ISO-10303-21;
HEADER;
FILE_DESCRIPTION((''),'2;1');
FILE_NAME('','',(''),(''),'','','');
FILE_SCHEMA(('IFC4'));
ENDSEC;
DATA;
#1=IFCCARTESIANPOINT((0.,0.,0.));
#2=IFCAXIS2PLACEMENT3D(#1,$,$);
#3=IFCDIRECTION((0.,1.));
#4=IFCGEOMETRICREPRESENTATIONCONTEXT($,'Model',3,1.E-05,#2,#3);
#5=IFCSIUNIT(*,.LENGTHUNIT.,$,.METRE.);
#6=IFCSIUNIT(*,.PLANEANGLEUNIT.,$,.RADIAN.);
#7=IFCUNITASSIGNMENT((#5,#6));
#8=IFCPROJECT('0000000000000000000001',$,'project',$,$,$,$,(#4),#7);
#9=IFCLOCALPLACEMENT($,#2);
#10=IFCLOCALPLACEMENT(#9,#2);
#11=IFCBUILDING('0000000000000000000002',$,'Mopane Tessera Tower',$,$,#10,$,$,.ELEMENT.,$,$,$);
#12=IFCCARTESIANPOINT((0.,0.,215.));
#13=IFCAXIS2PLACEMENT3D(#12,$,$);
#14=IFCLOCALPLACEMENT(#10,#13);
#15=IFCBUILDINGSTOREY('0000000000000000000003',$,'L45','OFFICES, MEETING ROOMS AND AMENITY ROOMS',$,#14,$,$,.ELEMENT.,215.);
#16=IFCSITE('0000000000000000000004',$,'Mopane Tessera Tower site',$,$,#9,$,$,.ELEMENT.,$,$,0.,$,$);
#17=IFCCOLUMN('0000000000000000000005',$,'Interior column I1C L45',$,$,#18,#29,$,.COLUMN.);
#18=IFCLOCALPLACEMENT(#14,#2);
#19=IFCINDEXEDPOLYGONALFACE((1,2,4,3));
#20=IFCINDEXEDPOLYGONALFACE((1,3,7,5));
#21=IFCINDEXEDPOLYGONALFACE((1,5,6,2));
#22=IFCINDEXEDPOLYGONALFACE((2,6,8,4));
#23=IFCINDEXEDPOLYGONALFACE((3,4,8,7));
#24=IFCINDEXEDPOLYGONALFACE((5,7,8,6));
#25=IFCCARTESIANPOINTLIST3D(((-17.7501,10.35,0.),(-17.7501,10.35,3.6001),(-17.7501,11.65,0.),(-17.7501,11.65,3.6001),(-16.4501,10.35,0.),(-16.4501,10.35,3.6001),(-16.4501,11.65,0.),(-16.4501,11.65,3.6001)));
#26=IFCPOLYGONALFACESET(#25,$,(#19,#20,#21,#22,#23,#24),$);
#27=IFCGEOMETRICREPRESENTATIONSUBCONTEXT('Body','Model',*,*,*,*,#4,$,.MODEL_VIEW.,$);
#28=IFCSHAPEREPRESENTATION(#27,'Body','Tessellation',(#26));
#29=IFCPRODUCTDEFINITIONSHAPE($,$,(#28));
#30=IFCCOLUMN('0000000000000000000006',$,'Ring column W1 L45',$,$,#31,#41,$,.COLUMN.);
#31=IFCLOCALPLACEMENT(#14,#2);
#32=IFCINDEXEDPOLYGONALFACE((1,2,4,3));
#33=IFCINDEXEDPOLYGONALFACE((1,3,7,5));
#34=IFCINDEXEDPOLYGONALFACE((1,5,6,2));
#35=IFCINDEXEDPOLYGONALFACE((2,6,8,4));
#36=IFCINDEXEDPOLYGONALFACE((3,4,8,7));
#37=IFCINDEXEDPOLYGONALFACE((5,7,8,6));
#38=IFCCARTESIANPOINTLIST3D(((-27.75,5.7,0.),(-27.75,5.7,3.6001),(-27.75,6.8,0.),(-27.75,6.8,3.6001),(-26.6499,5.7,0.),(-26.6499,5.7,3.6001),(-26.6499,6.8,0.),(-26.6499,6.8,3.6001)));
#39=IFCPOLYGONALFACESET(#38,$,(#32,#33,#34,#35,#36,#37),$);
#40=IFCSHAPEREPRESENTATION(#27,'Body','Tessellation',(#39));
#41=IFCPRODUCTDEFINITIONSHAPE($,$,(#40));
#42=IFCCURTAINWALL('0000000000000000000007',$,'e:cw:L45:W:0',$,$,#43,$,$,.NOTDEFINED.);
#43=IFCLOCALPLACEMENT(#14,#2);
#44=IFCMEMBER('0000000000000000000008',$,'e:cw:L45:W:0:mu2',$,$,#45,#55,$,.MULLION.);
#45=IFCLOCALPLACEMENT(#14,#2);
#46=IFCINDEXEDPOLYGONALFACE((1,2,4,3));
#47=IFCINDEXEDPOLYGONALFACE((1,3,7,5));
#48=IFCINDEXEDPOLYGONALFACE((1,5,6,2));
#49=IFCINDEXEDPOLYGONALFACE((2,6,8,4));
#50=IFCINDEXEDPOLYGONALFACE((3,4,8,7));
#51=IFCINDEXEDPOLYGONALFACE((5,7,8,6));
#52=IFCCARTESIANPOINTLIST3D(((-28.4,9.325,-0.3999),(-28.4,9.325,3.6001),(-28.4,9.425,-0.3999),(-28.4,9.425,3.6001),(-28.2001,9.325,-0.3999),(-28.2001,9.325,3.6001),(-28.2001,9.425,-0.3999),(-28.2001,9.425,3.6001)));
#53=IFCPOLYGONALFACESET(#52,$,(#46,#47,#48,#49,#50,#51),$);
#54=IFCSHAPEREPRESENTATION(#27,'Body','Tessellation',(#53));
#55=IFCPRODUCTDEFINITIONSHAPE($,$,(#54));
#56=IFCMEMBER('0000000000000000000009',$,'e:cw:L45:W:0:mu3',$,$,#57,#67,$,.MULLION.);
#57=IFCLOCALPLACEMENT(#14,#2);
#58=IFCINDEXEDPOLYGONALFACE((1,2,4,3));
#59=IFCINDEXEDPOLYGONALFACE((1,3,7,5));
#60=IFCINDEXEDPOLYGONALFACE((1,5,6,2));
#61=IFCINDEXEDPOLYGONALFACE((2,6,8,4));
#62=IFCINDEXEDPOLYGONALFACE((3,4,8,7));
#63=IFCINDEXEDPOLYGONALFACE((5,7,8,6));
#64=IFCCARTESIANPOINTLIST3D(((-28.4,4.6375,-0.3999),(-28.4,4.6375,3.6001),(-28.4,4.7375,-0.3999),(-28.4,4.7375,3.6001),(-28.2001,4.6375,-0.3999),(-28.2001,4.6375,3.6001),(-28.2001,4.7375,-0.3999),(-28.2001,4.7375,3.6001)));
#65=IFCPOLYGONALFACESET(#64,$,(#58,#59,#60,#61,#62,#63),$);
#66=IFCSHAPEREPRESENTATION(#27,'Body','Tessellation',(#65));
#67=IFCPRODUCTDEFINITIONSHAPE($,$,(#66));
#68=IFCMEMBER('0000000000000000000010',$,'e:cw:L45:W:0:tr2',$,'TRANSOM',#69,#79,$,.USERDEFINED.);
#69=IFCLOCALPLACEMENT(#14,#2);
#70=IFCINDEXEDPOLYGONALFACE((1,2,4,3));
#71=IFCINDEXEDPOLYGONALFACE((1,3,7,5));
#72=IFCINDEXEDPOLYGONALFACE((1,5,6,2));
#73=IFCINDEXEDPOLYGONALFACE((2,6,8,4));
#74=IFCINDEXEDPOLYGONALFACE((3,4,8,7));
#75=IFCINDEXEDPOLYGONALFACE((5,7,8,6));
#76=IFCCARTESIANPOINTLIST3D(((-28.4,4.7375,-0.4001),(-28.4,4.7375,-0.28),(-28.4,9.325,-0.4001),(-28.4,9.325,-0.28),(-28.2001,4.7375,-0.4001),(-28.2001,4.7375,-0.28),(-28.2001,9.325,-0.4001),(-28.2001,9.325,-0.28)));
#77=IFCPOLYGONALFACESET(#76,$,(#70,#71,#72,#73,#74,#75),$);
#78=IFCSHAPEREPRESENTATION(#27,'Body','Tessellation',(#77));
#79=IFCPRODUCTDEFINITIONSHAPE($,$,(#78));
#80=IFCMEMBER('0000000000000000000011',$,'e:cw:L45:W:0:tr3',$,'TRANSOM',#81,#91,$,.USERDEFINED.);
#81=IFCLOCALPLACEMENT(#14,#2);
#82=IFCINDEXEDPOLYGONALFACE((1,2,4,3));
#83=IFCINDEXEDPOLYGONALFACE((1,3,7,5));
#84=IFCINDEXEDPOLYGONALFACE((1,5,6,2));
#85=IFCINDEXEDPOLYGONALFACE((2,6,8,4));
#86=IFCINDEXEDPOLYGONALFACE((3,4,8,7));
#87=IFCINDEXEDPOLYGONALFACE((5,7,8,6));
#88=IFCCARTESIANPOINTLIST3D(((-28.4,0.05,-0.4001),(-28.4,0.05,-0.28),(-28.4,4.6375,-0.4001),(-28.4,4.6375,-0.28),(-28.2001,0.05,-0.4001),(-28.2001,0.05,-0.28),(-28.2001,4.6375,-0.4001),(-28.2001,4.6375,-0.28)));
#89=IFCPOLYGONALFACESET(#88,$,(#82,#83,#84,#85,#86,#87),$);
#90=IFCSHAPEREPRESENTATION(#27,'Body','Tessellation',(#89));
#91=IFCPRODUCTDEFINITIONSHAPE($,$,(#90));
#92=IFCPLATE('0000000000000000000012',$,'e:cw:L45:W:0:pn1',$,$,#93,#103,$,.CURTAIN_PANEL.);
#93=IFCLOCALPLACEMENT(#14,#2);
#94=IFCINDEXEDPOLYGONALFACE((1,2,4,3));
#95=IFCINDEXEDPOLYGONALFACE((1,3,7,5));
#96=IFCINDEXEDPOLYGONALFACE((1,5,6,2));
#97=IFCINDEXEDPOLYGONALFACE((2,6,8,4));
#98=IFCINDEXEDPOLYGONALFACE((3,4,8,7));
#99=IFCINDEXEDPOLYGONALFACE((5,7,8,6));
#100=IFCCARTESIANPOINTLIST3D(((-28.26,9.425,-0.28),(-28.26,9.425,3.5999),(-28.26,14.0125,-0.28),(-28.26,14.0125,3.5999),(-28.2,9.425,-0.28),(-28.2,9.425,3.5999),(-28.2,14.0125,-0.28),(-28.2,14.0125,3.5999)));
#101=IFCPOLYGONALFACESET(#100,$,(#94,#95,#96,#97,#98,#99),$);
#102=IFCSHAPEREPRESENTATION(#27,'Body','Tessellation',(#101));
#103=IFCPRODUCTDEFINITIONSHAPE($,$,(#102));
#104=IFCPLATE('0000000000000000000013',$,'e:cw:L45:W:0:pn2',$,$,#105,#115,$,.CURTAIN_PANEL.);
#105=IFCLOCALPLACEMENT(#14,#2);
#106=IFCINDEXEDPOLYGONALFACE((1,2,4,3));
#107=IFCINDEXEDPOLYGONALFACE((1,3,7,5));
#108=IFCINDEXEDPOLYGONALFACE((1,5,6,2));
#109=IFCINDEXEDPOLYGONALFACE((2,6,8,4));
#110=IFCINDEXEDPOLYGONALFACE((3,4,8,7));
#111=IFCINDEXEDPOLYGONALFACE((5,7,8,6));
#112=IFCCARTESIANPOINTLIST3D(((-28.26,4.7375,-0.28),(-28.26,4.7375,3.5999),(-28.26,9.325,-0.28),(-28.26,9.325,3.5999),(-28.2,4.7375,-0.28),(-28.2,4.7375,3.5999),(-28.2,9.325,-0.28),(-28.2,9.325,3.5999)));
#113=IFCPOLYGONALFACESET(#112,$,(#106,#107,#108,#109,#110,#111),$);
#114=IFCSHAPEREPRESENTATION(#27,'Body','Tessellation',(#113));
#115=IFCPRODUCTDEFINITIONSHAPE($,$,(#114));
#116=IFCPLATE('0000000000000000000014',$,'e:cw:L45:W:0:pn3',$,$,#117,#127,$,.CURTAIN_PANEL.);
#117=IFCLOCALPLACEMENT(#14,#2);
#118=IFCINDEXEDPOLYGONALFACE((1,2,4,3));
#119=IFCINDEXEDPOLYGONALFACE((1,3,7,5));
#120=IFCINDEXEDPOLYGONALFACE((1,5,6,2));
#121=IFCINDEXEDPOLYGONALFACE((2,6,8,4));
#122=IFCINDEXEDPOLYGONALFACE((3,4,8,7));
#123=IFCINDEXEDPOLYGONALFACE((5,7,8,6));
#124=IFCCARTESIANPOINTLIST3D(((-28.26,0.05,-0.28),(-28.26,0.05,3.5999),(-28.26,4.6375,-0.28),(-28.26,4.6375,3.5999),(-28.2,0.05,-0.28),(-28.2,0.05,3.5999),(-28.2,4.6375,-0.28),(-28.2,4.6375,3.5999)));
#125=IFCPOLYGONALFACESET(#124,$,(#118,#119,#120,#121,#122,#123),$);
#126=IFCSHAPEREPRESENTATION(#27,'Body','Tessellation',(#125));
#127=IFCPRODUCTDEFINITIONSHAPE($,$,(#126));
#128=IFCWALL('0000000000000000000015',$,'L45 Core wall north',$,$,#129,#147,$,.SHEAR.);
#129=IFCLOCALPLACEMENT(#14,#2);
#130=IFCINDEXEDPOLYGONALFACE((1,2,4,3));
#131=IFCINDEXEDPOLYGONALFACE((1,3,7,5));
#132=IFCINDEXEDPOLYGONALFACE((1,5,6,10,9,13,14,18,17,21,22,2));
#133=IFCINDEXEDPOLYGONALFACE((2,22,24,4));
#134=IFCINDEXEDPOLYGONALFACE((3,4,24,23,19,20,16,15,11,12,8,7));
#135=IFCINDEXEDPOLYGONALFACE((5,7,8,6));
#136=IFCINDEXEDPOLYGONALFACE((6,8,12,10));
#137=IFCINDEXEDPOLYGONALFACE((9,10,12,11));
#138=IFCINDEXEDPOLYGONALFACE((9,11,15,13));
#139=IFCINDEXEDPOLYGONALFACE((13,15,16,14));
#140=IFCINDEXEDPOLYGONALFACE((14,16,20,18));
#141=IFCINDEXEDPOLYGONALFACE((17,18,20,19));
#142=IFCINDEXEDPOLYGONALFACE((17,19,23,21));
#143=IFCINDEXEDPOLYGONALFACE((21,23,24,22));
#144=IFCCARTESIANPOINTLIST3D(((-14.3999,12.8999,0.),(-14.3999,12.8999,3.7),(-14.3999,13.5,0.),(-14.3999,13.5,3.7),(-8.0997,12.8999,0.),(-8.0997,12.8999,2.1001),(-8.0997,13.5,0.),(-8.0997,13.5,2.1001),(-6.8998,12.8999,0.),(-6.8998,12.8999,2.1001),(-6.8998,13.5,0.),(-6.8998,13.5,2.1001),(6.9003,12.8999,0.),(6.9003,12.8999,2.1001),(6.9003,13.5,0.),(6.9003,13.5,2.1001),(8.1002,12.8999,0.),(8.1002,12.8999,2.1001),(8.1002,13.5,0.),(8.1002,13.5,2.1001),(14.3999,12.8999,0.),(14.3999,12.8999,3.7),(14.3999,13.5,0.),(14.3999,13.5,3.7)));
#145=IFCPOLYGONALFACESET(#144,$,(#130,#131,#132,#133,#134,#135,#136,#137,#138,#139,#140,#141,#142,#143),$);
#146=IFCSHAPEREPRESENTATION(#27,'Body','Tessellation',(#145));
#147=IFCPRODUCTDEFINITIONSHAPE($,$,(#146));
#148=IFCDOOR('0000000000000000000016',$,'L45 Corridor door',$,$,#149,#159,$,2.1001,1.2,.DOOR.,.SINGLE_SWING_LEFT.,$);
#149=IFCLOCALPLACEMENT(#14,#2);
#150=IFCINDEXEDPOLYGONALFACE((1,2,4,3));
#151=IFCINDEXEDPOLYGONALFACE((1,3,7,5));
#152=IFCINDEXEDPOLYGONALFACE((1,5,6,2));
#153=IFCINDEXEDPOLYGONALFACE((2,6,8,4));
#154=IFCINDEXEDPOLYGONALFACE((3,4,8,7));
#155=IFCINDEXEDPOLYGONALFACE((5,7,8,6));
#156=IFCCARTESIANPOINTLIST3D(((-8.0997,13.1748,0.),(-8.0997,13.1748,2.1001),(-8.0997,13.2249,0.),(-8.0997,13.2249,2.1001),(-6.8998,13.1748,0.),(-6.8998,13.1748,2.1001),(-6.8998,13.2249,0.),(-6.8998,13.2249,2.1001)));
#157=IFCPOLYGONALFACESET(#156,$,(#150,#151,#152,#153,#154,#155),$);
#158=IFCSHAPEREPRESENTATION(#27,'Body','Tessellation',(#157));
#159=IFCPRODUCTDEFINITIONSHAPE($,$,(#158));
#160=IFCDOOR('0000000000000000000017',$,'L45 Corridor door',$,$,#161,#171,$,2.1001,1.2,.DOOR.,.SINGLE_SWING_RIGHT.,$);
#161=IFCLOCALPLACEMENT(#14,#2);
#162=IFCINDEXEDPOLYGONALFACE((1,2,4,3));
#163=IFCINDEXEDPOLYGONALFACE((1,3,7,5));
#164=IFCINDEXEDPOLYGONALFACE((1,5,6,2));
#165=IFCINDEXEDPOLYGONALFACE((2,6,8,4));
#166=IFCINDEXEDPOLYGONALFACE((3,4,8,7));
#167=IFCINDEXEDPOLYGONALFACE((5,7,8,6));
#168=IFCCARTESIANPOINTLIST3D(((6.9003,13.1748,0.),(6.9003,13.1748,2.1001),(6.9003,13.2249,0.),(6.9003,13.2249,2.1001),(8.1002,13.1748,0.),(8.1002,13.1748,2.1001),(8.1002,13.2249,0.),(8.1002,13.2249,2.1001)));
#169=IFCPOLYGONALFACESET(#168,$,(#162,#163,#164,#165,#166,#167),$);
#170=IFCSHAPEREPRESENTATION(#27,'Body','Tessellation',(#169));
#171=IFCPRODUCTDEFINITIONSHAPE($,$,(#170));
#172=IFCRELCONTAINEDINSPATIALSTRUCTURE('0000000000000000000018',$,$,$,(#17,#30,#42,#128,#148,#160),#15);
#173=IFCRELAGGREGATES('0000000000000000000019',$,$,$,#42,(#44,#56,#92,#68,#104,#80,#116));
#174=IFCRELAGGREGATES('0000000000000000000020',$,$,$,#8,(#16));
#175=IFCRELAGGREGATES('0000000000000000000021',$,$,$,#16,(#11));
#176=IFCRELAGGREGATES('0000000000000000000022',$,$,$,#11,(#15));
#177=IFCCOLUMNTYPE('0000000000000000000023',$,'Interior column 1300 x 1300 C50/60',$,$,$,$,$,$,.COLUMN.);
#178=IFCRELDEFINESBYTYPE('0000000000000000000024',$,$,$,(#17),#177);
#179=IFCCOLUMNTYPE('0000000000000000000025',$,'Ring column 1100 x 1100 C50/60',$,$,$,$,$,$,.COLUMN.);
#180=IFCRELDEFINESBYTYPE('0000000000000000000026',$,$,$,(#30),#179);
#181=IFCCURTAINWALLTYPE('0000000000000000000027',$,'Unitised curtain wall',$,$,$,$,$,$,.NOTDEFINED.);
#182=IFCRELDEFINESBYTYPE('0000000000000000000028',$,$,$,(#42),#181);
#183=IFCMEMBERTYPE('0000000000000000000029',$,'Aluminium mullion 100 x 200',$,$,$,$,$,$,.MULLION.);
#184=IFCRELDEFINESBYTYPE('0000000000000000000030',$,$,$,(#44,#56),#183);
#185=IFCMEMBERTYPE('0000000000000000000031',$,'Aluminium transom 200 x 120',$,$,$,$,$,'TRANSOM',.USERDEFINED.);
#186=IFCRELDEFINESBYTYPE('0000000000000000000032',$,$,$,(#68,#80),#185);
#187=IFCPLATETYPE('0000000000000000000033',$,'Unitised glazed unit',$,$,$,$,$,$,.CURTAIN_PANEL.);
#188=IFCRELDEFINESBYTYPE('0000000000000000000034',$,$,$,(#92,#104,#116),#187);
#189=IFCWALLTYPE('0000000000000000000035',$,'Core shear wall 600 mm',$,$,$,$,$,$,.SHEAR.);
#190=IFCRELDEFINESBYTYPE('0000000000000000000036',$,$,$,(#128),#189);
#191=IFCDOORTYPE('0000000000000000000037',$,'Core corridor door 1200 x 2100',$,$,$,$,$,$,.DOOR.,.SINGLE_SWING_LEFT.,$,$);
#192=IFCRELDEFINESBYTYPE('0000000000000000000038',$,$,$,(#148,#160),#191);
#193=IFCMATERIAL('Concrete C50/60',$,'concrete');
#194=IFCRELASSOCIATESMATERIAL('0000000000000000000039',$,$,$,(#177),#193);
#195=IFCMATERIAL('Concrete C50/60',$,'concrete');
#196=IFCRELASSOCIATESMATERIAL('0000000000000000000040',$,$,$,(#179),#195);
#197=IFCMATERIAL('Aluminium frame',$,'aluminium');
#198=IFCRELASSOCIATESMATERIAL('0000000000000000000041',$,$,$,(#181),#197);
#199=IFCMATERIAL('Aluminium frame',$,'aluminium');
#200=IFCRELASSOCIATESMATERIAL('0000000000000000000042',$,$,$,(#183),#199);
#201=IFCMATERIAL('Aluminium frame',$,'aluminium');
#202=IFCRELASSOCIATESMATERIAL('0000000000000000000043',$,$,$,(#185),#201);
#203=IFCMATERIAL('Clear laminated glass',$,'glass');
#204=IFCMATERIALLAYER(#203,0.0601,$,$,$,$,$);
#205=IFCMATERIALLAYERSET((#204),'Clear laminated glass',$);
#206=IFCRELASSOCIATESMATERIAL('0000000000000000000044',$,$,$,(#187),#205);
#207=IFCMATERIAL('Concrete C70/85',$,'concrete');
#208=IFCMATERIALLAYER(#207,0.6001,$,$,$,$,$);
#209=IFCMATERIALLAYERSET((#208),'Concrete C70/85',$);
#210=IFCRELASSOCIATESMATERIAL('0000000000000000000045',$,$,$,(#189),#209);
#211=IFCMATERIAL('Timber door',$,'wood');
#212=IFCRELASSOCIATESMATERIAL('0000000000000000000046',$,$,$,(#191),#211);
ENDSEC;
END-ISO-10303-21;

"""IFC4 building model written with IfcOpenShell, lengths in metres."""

from ifc_helpers import new_model, si_unit, direction, frame, frame_2d, origin, origin_2d, place, context, subcontext, project, spatial, rectangle, extrude, material, layer, layer_set, material_profile, profile_set, type_object, element, fill, aggregate, save


model = new_model("IFC4")

# Units and contexts
model_context = context("Model", 3, precision=1e-05, world=origin(), true_north=direction((0.0, 1.0)))
body_context = subcontext(model_context, "Body", "Model", "MODEL_VIEW")
ifc_project = project(units=[si_unit("LENGTHUNIT", "METRE"), si_unit("PLANEANGLEUNIT", "RADIAN")], contexts=[model_context])

# Site, building, storey
site_placement = place(None, origin())
site = spatial("IfcSite", under=ifc_project, at=site_placement, Name="Mopane Tessera Tower site", CompositionType="ELEMENT", RefElevation=0.0)
building_placement = place(site_placement, origin())
building = spatial("IfcBuilding", under=site, at=building_placement, Name="Mopane Tessera Tower", CompositionType="ELEMENT")
storey_placement = place(building_placement, frame((0.0, 0.0, 215.0)))
storey = spatial("IfcBuildingStorey", under=building, at=storey_placement, Name="L45", Description="OFFICES, MEETING ROOMS AND AMENITY ROOMS", CompositionType="ELEMENT", Elevation=215.0)

# Columns
ifc_material_1 = material(Name="Concrete C50/60", Category="concrete")
ifc_material_profile_1 = material_profile(ifc_material_1, rectangle(XDim=1.3, YDim=1.3, at=origin_2d()))
ifc_profile_set_1 = profile_set([ifc_material_profile_1], Name="Concrete C50/60")
column_type_1 = type_object("IfcColumnType", Name="Interior column 1300 x 1300 C50/60", PredefinedType="COLUMN", material=ifc_profile_set_1)
column_1_placement = place(storey_placement, frame((-17.1001, 11.0, 0.0), z_axis=(0.0, 0.0, 1.0), x_axis=(1.0, 0.0, 0.0)))
element("IfcColumn", 1, at=column_1_placement, inside=storey, type_object=column_type_1, Name="Interior column I1C L45", PredefinedType="COLUMN", context=body_context, shape_type="SweptSolid", body=[
    extrude(rectangle(XDim=1.3, YDim=1.3, at=origin_2d()), origin(), (0.0, 0.0, 1.0), 3.6001),
])
ifc_material_2 = material(Name="Concrete C50/60", Category="concrete")
ifc_material_profile_2 = material_profile(ifc_material_2, rectangle(XDim=1.1001, YDim=1.1001, at=origin_2d()))
ifc_profile_set_2 = profile_set([ifc_material_profile_2], Name="Concrete C50/60")
column_type_2 = type_object("IfcColumnType", Name="Ring column 1100 x 1100 C50/60", PredefinedType="COLUMN", material=ifc_profile_set_2)
column_2_placement = place(storey_placement, frame((-27.2, 6.25, 0.0), z_axis=(0.0, 0.0, 1.0), x_axis=(1.0, 0.0, 0.0)))
element("IfcColumn", 2, at=column_2_placement, inside=storey, type_object=column_type_2, Name="Ring column W1 L45", PredefinedType="COLUMN", context=body_context, shape_type="SweptSolid", body=[
    extrude(rectangle(XDim=1.1001, YDim=1.1001, at=origin_2d()), origin(), (0.0, 0.0, 1.0), 3.6001),
])

# Curtain wall, members, plates
ifc_material_3 = material(Name="Aluminium frame", Category="aluminium")
curtain_wall_type = type_object("IfcCurtainWallType", Name="Unitised curtain wall", PredefinedType="NOTDEFINED", material=ifc_material_3)
curtain_wall_placement = place(storey_placement, origin())
curtain_wall = element("IfcCurtainWall", 3, at=curtain_wall_placement, inside=storey, type_object=curtain_wall_type, Name="e:cw:L45:W:0", PredefinedType="NOTDEFINED")
ifc_material_4 = material(Name="Aluminium frame", Category="aluminium")
ifc_material_profile_3 = material_profile(ifc_material_4, rectangle(XDim=0.1001, YDim=0.2, at=origin_2d()))
ifc_profile_set_3 = profile_set([ifc_material_profile_3], Name="Aluminium frame")
member_type_1 = type_object("IfcMemberType", Name="Aluminium mullion 100 x 200", PredefinedType="MULLION", material=ifc_profile_set_3)
member_1_placement = place(storey_placement, frame((-28.3, 9.375, -0.3999), z_axis=(0.0, 0.0, 1.0), x_axis=(0.0, -1.0, 0.0)))
member_1 = element("IfcMember", 4, at=member_1_placement, type_object=member_type_1, Name="e:cw:L45:W:0:mu2", PredefinedType="MULLION", context=body_context, shape_type="SweptSolid", body=[
    extrude(rectangle(XDim=0.1001, YDim=0.2, at=origin_2d()), origin(), (0.0, 0.0, 1.0), 4.0),
])
member_2_placement = place(storey_placement, frame((-28.3, 4.6875, -0.3999), z_axis=(0.0, 0.0, 1.0), x_axis=(0.0, -1.0, 0.0)))
member_2 = element("IfcMember", 5, at=member_2_placement, type_object=member_type_1, Name="e:cw:L45:W:0:mu3", PredefinedType="MULLION", context=body_context, shape_type="SweptSolid", body=[
    extrude(rectangle(XDim=0.1001, YDim=0.2, at=origin_2d()), origin(), (0.0, 0.0, 1.0), 4.0),
])
ifc_material_5 = material(Name="Aluminium frame", Category="aluminium")
ifc_material_profile_4 = material_profile(ifc_material_5, rectangle(XDim=0.2, YDim=0.1201, at=origin_2d()))
ifc_profile_set_4 = profile_set([ifc_material_profile_4], Name="Aluminium frame")
member_type_2 = type_object("IfcMemberType", Name="Aluminium transom 200 x 120", ElementType="TRANSOM", PredefinedType="USERDEFINED", material=ifc_profile_set_4)
member_3_placement = place(storey_placement, frame((-28.3, 9.325, -0.3401), z_axis=(0.0, -1.0, 0.0), x_axis=(1.0, 0.0, 0.0)))
member_3 = element("IfcMember", 6, at=member_3_placement, type_object=member_type_2, Name="e:cw:L45:W:0:tr2", ObjectType="TRANSOM", PredefinedType="USERDEFINED", context=body_context, shape_type="SweptSolid", body=[
    extrude(rectangle(XDim=0.2, YDim=0.1201, at=origin_2d()), origin(), (0.0, 0.0, 1.0), 4.5874),
])
member_4_placement = place(storey_placement, frame((-28.3, 4.6375, -0.3401), z_axis=(0.0, -1.0, 0.0), x_axis=(1.0, 0.0, 0.0)))
member_4 = element("IfcMember", 7, at=member_4_placement, type_object=member_type_2, Name="e:cw:L45:W:0:tr3", ObjectType="TRANSOM", PredefinedType="USERDEFINED", context=body_context, shape_type="SweptSolid", body=[
    extrude(rectangle(XDim=0.2, YDim=0.1201, at=origin_2d()), origin(), (0.0, 0.0, 1.0), 4.5874),
])
ifc_material_6 = material(Name="Clear laminated glass", Category="glass")
ifc_layer_1 = layer(ifc_material_6, 0.0601)
ifc_layer_set_1 = layer_set([ifc_layer_1], Name="Clear laminated glass")
plate_type = type_object("IfcPlateType", Name="Unitised glazed unit", PredefinedType="CURTAIN_PANEL", material=ifc_layer_set_1)
plate_1_placement = place(storey_placement, frame((-28.23, 11.7188, -0.28), z_axis=(0.0, 0.0, 1.0), x_axis=(0.0, -1.0, 0.0)))
plate_1 = element("IfcPlate", 8, at=plate_1_placement, type_object=plate_type, Name="e:cw:L45:W:0:pn1", PredefinedType="CURTAIN_PANEL", context=body_context, shape_type="SweptSolid", body=[
    extrude(rectangle(XDim=4.5874, YDim=0.0601, at=origin_2d()), origin(), (0.0, 0.0, 1.0), 3.8799),
])
plate_2_placement = place(storey_placement, frame((-28.23, 7.0312, -0.28), z_axis=(0.0, 0.0, 1.0), x_axis=(0.0, -1.0, 0.0)))
plate_2 = element("IfcPlate", 9, at=plate_2_placement, type_object=plate_type, Name="e:cw:L45:W:0:pn2", PredefinedType="CURTAIN_PANEL", context=body_context, shape_type="SweptSolid", body=[
    extrude(rectangle(XDim=4.5874, YDim=0.0601, at=origin_2d()), origin(), (0.0, 0.0, 1.0), 3.8799),
])
plate_3_placement = place(storey_placement, frame((-28.23, 2.3438, -0.28), z_axis=(0.0, 0.0, 1.0), x_axis=(0.0, -1.0, 0.0)))
plate_3 = element("IfcPlate", 10, at=plate_3_placement, type_object=plate_type, Name="e:cw:L45:W:0:pn3", PredefinedType="CURTAIN_PANEL", context=body_context, shape_type="SweptSolid", body=[
    extrude(rectangle(XDim=4.5874, YDim=0.0601, at=origin_2d()), origin(), (0.0, 0.0, 1.0), 3.8799),
])
aggregate(curtain_wall, [member_1, member_2, plate_1, member_3, plate_2, member_4, plate_3])

# Wall, openings, doors
ifc_material_7 = material(Name="Concrete C70/85", Category="concrete")
ifc_layer_2 = layer(ifc_material_7, 0.6001)
ifc_layer_set_2 = layer_set([ifc_layer_2], Name="Concrete C70/85")
wall_type_1 = type_object("IfcWallType", Name="Core shear wall 600 mm", PredefinedType="SHEAR", material=ifc_layer_set_2)
wall_1_placement = place(storey_placement, frame((-14.3999, 13.2, 0.0), z_axis=(0.0, 0.0, 1.0), x_axis=(1.0, 0.0, 0.0)))
wall_1 = element("IfcWall", 11, at=wall_1_placement, inside=storey, type_object=wall_type_1, Name="L45 Core wall north", PredefinedType="SHEAR", context=body_context, shape_type="SweptSolid", body=[
    extrude(rectangle(XDim=28.7998, YDim=0.6001, at=frame_2d((14.3999, 0.0))), origin(), (0.0, 0.0, 1.0), 3.7),
])
opening_1_placement = place(wall_1_placement, frame((6.3, 0.0, 0.0)))
opening_1 = element("IfcOpeningElement", 12, at=opening_1_placement, cuts=wall_1, PredefinedType="OPENING", context=body_context, shape_type="SweptSolid", body=[
    extrude(rectangle(XDim=1.2, YDim=2.1001, at=frame_2d((0.6001, 1.05))), frame((0.0, 0.312, 0.0), z_axis=(0.0, -1.0, 0.0), x_axis=(1.0, 0.0, 0.0)), (0.0, 0.0, 1.0), 0.624),
])
opening_2_placement = place(wall_1_placement, frame((21.3, 0.0, 0.0)))
opening_2 = element("IfcOpeningElement", 13, at=opening_2_placement, cuts=wall_1, PredefinedType="OPENING", context=body_context, shape_type="SweptSolid", body=[
    extrude(rectangle(XDim=1.2, YDim=2.1001, at=frame_2d((0.6001, 1.05))), frame((0.0, 0.312, 0.0), z_axis=(0.0, -1.0, 0.0), x_axis=(1.0, 0.0, 0.0)), (0.0, 0.0, 1.0), 0.624),
])
ifc_material_8 = material(Name="Timber door", Category="wood")
door_type_1 = type_object("IfcDoorType", Name="Core corridor door 1200 x 2100", OperationType="SINGLE_SWING_LEFT", PredefinedType="DOOR", material=ifc_material_8)
door_1_placement = place(opening_1_placement, origin())
door_1 = element("IfcDoor", 14, at=door_1_placement, inside=storey, type_object=door_type_1, Name="L45 Corridor door", OperationType="SINGLE_SWING_LEFT", OverallHeight=2.1001, OverallWidth=1.2, PredefinedType="DOOR", context=body_context, shape_type="SweptSolid", body=[
    extrude(rectangle(XDim=1.2, YDim=2.1001, at=frame_2d((0.6001, 1.05))), frame((0.0, 0.0249, 0.0), z_axis=(0.0, -1.0, 0.0), x_axis=(1.0, 0.0, 0.0)), (0.0, 0.0, 1.0), 0.05),
])
fill(opening_1, door_1)
door_2_placement = place(opening_2_placement, origin())
door_2 = element("IfcDoor", 15, at=door_2_placement, inside=storey, type_object=door_type_1, Name="L45 Corridor door", OperationType="SINGLE_SWING_RIGHT", OverallHeight=2.1001, OverallWidth=1.2, PredefinedType="DOOR", context=body_context, shape_type="SweptSolid", body=[
    extrude(rectangle(XDim=1.2, YDim=2.1001, at=frame_2d((0.6001, 1.05))), frame((0.0, 0.0249, 0.0), z_axis=(0.0, -1.0, 0.0), x_axis=(1.0, 0.0, 0.0)), (0.0, 0.0, 1.0), 0.05),
])
fill(opening_2, door_2)

save(model, "model.ifc")
